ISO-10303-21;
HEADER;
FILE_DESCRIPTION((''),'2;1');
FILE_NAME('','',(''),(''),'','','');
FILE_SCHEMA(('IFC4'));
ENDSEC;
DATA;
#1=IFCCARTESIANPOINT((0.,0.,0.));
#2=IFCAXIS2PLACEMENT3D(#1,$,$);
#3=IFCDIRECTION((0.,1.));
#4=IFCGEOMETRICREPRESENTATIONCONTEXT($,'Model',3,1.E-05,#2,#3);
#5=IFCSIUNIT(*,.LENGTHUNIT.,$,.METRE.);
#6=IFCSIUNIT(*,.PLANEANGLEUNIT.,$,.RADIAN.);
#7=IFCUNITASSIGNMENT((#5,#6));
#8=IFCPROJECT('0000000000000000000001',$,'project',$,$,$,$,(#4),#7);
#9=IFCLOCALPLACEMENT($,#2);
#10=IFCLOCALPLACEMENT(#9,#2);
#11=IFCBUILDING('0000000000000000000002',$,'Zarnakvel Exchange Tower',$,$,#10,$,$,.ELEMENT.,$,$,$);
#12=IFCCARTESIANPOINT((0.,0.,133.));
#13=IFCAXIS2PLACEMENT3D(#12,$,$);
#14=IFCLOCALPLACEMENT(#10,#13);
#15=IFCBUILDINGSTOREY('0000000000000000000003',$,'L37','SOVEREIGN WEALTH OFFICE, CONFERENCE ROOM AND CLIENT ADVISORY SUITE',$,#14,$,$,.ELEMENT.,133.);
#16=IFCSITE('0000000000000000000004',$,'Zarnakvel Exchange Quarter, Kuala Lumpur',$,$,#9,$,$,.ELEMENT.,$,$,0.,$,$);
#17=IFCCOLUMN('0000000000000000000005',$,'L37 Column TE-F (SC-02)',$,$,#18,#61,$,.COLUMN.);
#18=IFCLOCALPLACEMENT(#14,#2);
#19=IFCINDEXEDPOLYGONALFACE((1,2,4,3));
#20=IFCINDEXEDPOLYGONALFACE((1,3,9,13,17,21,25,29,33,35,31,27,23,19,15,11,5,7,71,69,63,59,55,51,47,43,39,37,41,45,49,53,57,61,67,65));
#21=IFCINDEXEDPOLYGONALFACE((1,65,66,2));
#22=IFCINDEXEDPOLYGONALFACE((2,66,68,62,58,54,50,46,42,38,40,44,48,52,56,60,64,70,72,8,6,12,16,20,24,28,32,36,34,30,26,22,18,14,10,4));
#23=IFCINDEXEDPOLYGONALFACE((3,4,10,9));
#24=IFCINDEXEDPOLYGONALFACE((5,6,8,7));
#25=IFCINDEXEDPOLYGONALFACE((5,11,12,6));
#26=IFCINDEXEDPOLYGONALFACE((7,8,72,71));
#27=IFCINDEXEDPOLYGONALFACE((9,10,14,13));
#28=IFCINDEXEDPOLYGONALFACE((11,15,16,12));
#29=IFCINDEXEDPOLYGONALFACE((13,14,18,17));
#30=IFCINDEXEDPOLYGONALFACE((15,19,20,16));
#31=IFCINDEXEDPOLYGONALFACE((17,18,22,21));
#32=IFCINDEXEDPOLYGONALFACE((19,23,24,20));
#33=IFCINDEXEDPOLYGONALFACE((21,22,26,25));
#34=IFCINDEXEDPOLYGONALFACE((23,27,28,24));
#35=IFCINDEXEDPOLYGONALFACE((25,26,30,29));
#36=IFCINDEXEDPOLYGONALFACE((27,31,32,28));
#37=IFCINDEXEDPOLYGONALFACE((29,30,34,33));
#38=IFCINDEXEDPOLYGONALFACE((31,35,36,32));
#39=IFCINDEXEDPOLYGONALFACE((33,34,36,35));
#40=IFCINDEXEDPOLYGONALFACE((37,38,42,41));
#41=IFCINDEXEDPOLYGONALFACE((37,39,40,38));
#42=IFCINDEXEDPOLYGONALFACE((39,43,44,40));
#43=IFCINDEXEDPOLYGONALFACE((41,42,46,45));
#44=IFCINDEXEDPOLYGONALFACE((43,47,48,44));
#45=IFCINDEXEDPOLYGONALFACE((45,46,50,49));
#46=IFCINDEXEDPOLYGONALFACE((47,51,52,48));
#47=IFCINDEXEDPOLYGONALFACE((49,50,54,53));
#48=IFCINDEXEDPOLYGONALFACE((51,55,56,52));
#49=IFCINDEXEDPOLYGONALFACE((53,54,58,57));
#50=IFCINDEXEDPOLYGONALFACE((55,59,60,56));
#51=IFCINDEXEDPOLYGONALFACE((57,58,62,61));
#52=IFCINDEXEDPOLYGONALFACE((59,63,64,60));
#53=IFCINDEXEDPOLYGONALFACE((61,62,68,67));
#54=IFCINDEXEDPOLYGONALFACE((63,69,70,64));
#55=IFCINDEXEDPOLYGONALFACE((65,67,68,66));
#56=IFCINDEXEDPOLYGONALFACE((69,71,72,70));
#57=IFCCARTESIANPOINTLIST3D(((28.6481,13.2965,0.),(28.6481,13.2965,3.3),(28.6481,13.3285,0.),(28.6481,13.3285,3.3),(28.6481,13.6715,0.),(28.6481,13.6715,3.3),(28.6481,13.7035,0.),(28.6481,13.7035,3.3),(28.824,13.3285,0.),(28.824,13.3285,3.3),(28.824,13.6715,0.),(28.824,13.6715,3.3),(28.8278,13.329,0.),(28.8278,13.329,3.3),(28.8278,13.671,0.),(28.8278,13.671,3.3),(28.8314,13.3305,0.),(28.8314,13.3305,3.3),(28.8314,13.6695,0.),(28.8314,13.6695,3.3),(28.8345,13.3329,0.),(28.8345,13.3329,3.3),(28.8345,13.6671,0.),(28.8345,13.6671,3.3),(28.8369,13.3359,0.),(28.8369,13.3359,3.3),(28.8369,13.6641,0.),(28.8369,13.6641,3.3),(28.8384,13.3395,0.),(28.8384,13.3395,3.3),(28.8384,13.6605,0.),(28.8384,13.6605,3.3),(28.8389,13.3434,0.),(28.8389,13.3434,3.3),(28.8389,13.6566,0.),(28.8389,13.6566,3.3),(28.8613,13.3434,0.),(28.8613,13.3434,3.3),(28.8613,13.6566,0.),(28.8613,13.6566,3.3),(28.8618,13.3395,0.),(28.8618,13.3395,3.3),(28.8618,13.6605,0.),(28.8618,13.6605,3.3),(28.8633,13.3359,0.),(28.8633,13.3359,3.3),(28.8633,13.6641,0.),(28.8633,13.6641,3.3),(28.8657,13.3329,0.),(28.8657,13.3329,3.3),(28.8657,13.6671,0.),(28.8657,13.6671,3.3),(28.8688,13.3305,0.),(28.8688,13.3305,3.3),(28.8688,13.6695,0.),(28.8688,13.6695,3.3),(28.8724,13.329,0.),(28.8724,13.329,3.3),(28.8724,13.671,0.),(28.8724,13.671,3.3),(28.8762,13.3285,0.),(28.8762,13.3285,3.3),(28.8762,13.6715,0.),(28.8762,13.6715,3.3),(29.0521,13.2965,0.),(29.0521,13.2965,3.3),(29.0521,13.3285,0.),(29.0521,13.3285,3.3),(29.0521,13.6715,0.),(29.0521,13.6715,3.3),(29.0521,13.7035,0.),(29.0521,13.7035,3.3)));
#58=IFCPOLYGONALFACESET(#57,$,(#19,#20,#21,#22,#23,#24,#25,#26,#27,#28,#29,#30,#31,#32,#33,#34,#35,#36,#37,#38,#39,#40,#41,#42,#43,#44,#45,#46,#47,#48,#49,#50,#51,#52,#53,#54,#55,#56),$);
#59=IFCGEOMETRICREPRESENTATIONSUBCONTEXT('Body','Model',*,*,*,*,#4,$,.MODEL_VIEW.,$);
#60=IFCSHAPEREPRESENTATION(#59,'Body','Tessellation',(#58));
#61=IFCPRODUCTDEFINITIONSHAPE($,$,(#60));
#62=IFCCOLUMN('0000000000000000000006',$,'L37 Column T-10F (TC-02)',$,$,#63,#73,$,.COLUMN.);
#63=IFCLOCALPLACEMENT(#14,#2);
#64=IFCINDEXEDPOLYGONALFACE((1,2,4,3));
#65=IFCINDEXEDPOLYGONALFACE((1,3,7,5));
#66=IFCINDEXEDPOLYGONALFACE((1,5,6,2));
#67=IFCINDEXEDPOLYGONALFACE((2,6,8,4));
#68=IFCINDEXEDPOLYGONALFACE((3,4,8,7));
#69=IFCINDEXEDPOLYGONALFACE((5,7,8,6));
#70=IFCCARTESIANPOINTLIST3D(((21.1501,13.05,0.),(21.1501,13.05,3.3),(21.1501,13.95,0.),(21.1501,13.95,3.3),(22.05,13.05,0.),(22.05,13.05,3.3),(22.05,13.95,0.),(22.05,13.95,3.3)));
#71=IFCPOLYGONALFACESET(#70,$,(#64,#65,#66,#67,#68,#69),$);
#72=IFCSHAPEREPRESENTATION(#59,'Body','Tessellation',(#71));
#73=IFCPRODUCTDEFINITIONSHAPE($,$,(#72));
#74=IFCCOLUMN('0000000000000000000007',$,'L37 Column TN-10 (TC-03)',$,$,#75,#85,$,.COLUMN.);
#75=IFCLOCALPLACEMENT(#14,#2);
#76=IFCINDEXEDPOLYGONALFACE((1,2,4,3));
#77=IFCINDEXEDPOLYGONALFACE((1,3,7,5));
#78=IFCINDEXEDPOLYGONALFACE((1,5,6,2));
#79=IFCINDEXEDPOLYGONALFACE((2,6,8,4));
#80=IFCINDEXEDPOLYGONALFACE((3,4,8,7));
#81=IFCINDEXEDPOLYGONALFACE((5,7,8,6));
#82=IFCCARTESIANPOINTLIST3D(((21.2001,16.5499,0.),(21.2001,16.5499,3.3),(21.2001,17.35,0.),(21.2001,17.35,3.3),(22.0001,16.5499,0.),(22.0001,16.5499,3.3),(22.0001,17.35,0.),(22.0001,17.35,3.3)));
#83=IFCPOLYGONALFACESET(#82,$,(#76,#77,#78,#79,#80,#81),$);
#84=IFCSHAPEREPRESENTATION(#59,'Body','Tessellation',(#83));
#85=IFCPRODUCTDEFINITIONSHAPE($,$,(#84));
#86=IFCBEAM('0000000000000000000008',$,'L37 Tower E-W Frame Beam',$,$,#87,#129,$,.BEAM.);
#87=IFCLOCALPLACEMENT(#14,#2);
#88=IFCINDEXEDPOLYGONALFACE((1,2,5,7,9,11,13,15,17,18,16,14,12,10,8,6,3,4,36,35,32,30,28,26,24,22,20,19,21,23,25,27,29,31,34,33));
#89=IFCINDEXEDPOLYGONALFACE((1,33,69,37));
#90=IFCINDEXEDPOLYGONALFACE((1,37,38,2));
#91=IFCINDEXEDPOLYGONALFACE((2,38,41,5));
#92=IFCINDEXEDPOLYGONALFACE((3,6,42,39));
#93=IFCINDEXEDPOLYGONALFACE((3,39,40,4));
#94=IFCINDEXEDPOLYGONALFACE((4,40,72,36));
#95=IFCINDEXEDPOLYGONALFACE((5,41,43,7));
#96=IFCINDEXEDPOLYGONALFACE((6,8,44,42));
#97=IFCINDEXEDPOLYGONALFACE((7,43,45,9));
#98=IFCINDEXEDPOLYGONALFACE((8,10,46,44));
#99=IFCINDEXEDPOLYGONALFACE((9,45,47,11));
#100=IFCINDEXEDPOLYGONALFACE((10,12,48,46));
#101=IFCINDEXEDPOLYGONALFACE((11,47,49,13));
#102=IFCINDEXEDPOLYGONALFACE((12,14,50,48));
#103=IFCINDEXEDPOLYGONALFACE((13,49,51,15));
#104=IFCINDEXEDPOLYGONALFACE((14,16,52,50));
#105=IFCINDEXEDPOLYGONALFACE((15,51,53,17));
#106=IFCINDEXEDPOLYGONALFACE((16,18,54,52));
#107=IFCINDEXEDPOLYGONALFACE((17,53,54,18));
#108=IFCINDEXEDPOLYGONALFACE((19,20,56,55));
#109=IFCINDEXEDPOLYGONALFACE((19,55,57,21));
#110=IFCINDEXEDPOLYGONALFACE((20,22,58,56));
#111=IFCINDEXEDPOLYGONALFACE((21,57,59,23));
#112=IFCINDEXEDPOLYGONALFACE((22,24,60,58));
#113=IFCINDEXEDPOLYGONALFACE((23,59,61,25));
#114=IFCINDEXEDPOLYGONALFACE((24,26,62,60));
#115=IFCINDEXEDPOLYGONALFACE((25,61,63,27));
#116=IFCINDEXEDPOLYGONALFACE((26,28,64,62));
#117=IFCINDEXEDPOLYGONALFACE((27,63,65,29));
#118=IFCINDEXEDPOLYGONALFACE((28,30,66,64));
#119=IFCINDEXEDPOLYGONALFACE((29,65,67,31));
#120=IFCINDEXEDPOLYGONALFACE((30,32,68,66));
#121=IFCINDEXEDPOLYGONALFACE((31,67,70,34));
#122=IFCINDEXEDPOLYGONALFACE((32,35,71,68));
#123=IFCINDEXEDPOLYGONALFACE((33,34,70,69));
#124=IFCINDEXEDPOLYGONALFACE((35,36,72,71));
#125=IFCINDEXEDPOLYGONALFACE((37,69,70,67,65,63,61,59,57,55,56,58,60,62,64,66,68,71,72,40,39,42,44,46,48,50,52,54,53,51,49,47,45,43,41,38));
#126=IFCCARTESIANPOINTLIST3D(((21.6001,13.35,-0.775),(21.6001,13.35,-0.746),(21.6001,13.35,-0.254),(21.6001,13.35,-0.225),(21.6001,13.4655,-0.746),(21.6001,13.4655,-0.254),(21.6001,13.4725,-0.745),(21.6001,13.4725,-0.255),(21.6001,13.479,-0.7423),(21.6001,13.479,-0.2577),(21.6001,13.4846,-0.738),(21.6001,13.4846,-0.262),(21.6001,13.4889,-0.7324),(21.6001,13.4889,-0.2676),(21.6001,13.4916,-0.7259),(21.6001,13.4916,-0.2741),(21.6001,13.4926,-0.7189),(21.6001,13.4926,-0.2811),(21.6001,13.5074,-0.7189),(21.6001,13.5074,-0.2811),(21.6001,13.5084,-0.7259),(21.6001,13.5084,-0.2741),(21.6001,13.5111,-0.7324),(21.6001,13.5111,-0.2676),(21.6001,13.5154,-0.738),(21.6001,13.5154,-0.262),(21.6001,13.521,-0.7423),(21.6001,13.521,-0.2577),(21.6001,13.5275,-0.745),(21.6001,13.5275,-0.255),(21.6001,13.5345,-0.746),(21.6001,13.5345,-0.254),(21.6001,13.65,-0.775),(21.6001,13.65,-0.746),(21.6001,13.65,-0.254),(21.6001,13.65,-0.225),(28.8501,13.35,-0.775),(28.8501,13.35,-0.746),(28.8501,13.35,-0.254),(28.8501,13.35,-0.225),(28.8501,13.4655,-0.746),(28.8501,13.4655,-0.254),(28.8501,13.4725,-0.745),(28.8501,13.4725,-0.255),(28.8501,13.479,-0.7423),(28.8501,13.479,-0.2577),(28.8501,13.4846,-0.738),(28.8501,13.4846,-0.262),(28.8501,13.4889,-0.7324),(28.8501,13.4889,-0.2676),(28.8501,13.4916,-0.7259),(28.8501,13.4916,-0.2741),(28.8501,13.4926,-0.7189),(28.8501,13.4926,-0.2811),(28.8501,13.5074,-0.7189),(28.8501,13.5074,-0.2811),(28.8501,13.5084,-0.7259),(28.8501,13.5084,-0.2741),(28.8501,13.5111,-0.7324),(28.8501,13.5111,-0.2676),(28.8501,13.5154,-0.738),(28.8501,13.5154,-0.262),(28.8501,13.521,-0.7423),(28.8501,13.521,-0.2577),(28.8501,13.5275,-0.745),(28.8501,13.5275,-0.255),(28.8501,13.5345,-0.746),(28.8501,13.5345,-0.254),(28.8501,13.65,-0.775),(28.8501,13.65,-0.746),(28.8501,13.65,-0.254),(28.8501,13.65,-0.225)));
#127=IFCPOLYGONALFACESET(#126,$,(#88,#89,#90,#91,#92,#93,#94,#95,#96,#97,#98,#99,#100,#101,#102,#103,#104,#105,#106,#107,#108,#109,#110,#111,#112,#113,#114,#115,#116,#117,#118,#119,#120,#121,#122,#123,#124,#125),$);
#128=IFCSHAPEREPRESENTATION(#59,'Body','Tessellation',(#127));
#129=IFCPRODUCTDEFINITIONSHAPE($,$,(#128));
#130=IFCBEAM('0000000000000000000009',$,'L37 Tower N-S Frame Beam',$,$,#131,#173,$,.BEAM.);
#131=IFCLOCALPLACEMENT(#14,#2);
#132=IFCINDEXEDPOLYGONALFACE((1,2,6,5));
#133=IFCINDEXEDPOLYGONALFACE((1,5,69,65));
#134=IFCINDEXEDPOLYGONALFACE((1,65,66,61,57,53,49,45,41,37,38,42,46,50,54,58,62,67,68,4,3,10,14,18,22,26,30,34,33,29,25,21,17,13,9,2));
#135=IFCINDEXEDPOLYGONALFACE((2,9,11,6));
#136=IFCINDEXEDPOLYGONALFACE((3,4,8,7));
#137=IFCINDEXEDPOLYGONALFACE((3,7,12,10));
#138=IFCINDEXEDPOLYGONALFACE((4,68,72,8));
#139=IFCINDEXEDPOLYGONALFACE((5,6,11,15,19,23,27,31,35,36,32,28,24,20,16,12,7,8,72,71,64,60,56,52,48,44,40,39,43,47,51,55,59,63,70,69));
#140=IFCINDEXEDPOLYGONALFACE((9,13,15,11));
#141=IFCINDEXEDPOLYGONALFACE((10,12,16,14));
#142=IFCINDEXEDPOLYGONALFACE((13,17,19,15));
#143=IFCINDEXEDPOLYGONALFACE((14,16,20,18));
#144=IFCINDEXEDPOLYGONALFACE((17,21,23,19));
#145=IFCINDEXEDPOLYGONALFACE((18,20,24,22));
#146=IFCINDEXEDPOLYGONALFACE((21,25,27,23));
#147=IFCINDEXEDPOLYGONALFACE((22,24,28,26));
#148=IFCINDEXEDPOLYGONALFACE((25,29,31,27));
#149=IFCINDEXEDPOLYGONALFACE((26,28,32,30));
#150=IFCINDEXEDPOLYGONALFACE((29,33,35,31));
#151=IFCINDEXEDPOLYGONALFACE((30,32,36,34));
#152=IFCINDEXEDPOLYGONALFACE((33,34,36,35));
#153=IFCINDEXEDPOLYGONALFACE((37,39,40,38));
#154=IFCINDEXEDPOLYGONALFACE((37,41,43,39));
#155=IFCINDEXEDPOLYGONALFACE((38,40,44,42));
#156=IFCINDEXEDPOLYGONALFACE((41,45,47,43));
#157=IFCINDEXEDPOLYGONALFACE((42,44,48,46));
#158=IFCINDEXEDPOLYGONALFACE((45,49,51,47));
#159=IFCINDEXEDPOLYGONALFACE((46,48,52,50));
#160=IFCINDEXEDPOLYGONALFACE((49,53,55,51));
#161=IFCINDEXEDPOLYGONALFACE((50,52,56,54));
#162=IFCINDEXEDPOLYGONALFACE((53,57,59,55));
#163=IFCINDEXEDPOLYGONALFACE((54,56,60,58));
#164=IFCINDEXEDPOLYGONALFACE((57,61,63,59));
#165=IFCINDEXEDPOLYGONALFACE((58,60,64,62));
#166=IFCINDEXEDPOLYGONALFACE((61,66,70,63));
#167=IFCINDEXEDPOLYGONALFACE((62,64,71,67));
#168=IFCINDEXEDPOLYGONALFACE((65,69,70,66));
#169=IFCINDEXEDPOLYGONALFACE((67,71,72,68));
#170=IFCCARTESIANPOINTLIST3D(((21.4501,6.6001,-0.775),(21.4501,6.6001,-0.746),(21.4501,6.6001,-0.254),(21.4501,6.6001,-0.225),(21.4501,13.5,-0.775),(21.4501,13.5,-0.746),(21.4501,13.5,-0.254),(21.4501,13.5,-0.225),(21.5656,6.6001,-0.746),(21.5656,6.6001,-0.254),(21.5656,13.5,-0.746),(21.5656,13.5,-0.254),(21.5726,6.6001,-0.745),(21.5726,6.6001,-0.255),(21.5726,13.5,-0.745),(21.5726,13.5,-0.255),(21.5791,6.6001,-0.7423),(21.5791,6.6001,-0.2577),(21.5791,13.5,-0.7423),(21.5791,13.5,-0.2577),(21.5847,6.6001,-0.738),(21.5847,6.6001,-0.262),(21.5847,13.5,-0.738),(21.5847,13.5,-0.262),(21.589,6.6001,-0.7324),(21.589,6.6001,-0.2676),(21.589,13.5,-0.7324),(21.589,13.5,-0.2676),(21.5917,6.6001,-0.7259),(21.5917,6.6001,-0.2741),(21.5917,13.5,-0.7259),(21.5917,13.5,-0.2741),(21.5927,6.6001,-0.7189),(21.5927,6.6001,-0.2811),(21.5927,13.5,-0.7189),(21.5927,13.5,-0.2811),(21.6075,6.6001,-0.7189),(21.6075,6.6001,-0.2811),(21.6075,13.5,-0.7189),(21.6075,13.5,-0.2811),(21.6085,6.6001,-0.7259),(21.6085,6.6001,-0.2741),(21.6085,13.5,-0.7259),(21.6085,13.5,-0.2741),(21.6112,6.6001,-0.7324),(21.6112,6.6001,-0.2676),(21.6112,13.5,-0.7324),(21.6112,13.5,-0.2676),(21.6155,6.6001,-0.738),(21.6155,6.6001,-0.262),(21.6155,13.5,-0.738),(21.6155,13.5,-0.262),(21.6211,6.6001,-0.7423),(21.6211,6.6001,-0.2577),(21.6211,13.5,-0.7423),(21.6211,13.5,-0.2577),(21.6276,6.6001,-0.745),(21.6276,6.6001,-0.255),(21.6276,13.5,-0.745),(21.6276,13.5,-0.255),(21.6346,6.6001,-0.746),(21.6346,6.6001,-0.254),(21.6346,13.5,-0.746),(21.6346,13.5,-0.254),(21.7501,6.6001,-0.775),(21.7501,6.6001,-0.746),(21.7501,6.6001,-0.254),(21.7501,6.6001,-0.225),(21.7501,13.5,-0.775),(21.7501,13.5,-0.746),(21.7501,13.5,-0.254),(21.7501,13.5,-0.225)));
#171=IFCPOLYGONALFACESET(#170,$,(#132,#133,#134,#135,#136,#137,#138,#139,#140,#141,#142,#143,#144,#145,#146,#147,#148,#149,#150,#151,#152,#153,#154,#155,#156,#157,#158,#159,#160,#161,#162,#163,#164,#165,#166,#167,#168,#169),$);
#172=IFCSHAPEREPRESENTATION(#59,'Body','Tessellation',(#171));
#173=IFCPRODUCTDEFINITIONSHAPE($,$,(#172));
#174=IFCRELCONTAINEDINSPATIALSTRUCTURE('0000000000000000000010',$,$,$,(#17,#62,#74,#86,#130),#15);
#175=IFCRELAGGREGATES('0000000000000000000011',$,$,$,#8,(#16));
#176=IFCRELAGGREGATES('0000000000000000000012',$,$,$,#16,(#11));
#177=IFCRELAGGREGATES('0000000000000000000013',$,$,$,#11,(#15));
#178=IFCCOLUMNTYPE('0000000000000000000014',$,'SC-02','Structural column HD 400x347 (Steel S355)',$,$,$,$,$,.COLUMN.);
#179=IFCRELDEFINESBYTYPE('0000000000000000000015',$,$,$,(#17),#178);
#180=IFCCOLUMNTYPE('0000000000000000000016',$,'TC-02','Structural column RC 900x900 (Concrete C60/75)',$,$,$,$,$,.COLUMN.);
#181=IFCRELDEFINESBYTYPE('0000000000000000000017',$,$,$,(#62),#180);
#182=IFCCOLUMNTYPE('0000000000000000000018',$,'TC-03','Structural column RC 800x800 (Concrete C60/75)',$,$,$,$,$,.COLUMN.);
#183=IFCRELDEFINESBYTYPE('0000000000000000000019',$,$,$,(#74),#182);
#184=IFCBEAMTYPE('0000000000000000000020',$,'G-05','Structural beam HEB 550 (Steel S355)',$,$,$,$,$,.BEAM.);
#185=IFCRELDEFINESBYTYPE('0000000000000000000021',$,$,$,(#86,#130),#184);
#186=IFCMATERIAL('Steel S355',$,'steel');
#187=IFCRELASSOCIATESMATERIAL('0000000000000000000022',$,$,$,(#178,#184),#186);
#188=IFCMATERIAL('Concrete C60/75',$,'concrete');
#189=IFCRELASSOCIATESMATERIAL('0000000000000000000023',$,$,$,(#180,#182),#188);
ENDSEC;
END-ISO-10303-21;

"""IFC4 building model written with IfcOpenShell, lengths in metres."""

from ifc_helpers import new_model, si_unit, direction, frame, origin, origin_2d, place, context, subcontext, project, spatial, rectangle, i_section, extrude, material, material_profile, profile_set, type_object, element, save


model = new_model("IFC4")

# Units and contexts
model_context = context("Model", 3, precision=1e-05, world=origin(), true_north=direction((0.0, 1.0)))
body_context = subcontext(model_context, "Body", "Model", "MODEL_VIEW")
ifc_project = project(units=[si_unit("LENGTHUNIT", "METRE"), si_unit("PLANEANGLEUNIT", "RADIAN")], contexts=[model_context])

# Site, building, storey
site_placement = place(None, origin())
site = spatial("IfcSite", under=ifc_project, at=site_placement, Name="Zarnakvel Exchange Quarter, Kuala Lumpur", CompositionType="ELEMENT", RefElevation=0.0)
building_placement = place(site_placement, origin())
building = spatial("IfcBuilding", under=site, at=building_placement, Name="Zarnakvel Exchange Tower", CompositionType="ELEMENT")
storey_placement = place(building_placement, frame((0.0, 0.0, 133.0)))
storey = spatial("IfcBuildingStorey", under=building, at=storey_placement, Name="L37", Description="SOVEREIGN WEALTH OFFICE, CONFERENCE ROOM AND CLIENT ADVISORY SUITE", CompositionType="ELEMENT", Elevation=133.0)

# Columns
ifc_material_1 = material(Name="Steel S355", Category="steel")
ifc_material_profile_1 = material_profile(ifc_material_1, i_section(OverallWidth=0.4041, OverallDepth=0.407, WebThickness=0.0225, FlangeThickness=0.032, FilletRadius=0.0149, at=origin_2d()))
ifc_profile_set_1 = profile_set([ifc_material_profile_1], Name="Steel S355")
column_type_1 = type_object("IfcColumnType", Name="SC-02", Description="Structural column HD 400x347 (Steel S355)", PredefinedType="COLUMN", material=ifc_profile_set_1)
column_1_placement = place(storey_placement, frame((28.8501, 13.5, 0.0), z_axis=(0.0, 0.0, 1.0), x_axis=(1.0, 0.0, 0.0)))
element("IfcColumn", 1, at=column_1_placement, inside=storey, type_object=column_type_1, Name="L37 Column TE-F (SC-02)", PredefinedType="COLUMN", context=body_context, shape_type="SweptSolid", body=[
    extrude(i_section(OverallWidth=0.4041, OverallDepth=0.407, WebThickness=0.0225, FlangeThickness=0.032, FilletRadius=0.0149, at=origin_2d()), origin(), (0.0, 0.0, 1.0), 3.3),
])
ifc_material_2 = material(Name="Concrete C60/75", Category="concrete")
ifc_material_profile_2 = material_profile(ifc_material_2, rectangle(XDim=0.8999, YDim=0.8999, at=origin_2d()))
ifc_profile_set_2 = profile_set([ifc_material_profile_2], Name="Concrete C60/75")
column_type_2 = type_object("IfcColumnType", Name="TC-02", Description="Structural column RC 900x900 (Concrete C60/75)", PredefinedType="COLUMN", material=ifc_profile_set_2)
column_2_placement = place(storey_placement, frame((21.6001, 13.5, 0.0), z_axis=(0.0, 0.0, 1.0), x_axis=(1.0, 0.0, 0.0)))
element("IfcColumn", 2, at=column_2_placement, inside=storey, type_object=column_type_2, Name="L37 Column T-10F (TC-02)", PredefinedType="COLUMN", context=body_context, shape_type="SweptSolid", body=[
    extrude(rectangle(XDim=0.8999, YDim=0.8999, at=origin_2d()), origin(), (0.0, 0.0, 1.0), 3.3),
])
ifc_material_profile_3 = material_profile(ifc_material_2, rectangle(XDim=0.8, YDim=0.8, at=origin_2d()))
ifc_profile_set_3 = profile_set([ifc_material_profile_3], Name="Concrete C60/75")
column_type_3 = type_object("IfcColumnType", Name="TC-03", Description="Structural column RC 800x800 (Concrete C60/75)", PredefinedType="COLUMN", material=ifc_profile_set_3)
column_3_placement = place(storey_placement, frame((21.6001, 16.95, 0.0), z_axis=(0.0, 0.0, 1.0), x_axis=(1.0, 0.0, 0.0)))
element("IfcColumn", 3, at=column_3_placement, inside=storey, type_object=column_type_3, Name="L37 Column TN-10 (TC-03)", PredefinedType="COLUMN", context=body_context, shape_type="SweptSolid", body=[
    extrude(rectangle(XDim=0.8, YDim=0.8, at=origin_2d()), origin(), (0.0, 0.0, 1.0), 3.3),
])

# Beams
ifc_material_profile_4 = material_profile(ifc_material_1, i_section(OverallWidth=0.3, OverallDepth=0.55, WebThickness=0.0149, FlangeThickness=0.0291, FilletRadius=0.0271, at=origin_2d()))
ifc_profile_set_4 = profile_set([ifc_material_profile_4], Name="Steel S355")
beam_type = type_object("IfcBeamType", Name="G-05", Description="Structural beam HEB 550 (Steel S355)", PredefinedType="BEAM", material=ifc_profile_set_4)
beam_1_placement = place(storey_placement, frame((21.6001, 13.5, -0.5), z_axis=(1.0, 0.0, 0.0), x_axis=(0.0, 1.0, 0.0)))
element("IfcBeam", 4, at=beam_1_placement, inside=storey, type_object=beam_type, Name="L37 Tower E-W Frame Beam", PredefinedType="BEAM", context=body_context, shape_type="SweptSolid", body=[
    extrude(i_section(OverallWidth=0.3, OverallDepth=0.55, WebThickness=0.0149, FlangeThickness=0.0291, FilletRadius=0.0271, at=origin_2d()), origin(), (0.0, 0.0, 1.0), 7.25),
])
beam_2_placement = place(storey_placement, frame((21.6001, 6.6001, -0.5), z_axis=(0.0, 1.0, 0.0), x_axis=(-1.0, 0.0, 0.0)))
element("IfcBeam", 5, at=beam_2_placement, inside=storey, type_object=beam_type, Name="L37 Tower N-S Frame Beam", PredefinedType="BEAM", context=body_context, shape_type="SweptSolid", body=[
    extrude(i_section(OverallWidth=0.3, OverallDepth=0.55, WebThickness=0.0149, FlangeThickness=0.0291, FilletRadius=0.0271, at=origin_2d()), origin(), (0.0, 0.0, 1.0), 6.8999),
])

save(model, "model.ifc")
